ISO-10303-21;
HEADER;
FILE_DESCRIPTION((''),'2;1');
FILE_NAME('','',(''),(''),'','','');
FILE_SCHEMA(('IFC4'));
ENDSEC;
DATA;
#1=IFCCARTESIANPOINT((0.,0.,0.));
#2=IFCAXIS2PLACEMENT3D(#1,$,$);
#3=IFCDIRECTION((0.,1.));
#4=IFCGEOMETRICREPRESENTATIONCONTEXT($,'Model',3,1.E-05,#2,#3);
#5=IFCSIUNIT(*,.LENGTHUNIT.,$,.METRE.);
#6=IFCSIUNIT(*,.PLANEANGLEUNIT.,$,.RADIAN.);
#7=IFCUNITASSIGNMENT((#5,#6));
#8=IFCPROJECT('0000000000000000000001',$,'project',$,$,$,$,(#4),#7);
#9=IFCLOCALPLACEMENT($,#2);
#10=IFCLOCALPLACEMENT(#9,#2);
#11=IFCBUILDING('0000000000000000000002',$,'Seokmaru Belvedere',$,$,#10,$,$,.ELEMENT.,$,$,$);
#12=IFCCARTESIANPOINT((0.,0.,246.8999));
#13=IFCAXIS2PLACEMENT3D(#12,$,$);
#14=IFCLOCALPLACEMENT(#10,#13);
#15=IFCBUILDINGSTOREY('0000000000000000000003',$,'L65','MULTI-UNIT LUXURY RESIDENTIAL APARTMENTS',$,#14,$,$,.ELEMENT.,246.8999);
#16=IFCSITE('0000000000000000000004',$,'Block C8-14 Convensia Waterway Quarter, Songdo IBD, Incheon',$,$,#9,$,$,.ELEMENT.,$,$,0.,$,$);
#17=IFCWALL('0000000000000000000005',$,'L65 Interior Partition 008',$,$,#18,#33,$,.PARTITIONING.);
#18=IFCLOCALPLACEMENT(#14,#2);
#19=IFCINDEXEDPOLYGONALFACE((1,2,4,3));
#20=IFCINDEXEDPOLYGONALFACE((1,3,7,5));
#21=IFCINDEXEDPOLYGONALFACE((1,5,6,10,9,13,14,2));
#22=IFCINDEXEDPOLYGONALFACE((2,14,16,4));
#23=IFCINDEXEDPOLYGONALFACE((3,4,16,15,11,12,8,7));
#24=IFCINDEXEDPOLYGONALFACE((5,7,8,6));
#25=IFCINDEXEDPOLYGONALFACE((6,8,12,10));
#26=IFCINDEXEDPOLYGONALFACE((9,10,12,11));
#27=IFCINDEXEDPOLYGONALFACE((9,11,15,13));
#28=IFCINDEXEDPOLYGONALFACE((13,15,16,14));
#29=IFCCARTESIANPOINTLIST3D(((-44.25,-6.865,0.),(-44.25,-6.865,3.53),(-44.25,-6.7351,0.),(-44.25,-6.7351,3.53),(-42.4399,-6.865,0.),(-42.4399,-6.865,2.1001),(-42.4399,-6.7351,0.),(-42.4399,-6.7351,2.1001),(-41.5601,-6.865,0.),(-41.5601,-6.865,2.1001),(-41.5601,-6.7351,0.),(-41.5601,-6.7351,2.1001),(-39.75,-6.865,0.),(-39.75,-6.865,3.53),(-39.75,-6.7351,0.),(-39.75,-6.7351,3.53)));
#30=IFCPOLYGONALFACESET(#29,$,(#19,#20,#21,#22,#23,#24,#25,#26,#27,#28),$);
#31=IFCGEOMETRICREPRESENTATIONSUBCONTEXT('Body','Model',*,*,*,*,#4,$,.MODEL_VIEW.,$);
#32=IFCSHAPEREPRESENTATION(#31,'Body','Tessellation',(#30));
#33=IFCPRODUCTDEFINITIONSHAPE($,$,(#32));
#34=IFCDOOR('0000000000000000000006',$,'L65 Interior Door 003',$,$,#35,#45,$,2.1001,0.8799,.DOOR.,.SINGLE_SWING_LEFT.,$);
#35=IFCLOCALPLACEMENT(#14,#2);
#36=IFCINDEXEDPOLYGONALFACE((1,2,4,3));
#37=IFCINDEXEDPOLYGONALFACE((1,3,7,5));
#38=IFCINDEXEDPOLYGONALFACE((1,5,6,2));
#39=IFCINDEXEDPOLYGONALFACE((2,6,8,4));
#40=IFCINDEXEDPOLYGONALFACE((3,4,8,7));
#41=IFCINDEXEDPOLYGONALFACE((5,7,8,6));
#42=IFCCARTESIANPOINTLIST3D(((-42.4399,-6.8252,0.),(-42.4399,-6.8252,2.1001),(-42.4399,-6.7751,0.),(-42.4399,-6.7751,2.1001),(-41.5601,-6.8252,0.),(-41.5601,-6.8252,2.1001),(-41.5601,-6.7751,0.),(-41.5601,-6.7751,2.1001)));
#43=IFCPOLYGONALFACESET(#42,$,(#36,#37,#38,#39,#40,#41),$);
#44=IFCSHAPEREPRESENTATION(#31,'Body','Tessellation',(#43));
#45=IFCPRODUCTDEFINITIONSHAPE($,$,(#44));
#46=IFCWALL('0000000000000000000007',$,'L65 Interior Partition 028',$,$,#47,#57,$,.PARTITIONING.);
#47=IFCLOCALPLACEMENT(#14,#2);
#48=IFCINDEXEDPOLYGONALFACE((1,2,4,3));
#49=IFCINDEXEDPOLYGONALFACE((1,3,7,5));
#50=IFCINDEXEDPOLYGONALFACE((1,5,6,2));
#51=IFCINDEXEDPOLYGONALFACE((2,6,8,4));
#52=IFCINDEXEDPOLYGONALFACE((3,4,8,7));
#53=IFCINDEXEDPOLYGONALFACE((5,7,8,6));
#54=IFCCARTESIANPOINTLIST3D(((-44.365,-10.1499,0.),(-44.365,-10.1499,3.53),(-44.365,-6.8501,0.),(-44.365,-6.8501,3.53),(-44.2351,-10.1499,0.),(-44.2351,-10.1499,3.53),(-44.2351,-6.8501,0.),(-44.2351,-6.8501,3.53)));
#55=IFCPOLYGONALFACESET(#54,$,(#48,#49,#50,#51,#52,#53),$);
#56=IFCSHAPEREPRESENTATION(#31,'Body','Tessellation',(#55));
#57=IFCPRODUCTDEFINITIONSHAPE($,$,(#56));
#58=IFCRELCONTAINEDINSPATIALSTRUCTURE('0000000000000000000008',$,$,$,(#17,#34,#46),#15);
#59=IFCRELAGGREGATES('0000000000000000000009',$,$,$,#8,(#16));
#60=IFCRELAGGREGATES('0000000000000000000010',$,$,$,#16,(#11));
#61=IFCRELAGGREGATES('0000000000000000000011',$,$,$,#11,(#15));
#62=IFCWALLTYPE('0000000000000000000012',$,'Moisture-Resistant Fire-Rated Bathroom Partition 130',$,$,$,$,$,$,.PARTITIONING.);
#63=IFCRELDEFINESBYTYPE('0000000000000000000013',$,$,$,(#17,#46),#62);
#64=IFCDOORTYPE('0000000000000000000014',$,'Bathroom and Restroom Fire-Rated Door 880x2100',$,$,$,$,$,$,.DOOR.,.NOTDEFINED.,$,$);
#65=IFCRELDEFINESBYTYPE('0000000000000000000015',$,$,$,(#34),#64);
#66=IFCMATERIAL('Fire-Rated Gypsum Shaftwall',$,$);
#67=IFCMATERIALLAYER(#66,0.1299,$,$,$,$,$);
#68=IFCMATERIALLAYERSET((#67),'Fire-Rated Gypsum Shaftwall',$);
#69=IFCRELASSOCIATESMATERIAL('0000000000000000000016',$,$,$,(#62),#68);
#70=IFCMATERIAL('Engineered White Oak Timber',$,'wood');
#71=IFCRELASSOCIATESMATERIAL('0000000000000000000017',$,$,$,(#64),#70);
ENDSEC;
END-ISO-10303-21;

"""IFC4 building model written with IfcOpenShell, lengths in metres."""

from ifc_helpers import new_model, si_unit, direction, frame, frame_2d, origin, place, context, subcontext, project, spatial, rectangle, extrude, source, transform, mapped, material, layer, layer_set, type_object, type_shapes, element, fill, save


model = new_model("IFC4")

# Units and contexts
model_context = context("Model", 3, precision=1e-05, world=origin(), true_north=direction((0.0, 1.0)))
body_context = subcontext(model_context, "Body", "Model", "MODEL_VIEW")
ifc_project = project(units=[si_unit("LENGTHUNIT", "METRE"), si_unit("PLANEANGLEUNIT", "RADIAN")], contexts=[model_context])

# Site, building, storey
site_placement = place(None, origin())
site = spatial("IfcSite", under=ifc_project, at=site_placement, Name="Block C8-14 Convensia Waterway Quarter, Songdo IBD, Incheon", CompositionType="ELEMENT", RefElevation=0.0)
building_placement = place(site_placement, origin())
building = spatial("IfcBuilding", under=site, at=building_placement, Name="Seokmaru Belvedere", CompositionType="ELEMENT")
storey_placement = place(building_placement, frame((0.0, 0.0, 246.8999)))
storey = spatial("IfcBuildingStorey", under=building, at=storey_placement, Name="L65", Description="MULTI-UNIT LUXURY RESIDENTIAL APARTMENTS", CompositionType="ELEMENT", Elevation=246.8999)

# Shared definitions
ifc_material_1 = material(Name="Fire-Rated Gypsum Shaftwall")
ifc_material_2 = material(Name="Engineered White Oak Timber", Category="wood")

# Wall, opening, door
ifc_layer_1 = layer(ifc_material_1, 0.1299)
ifc_layer_set_1 = layer_set([ifc_layer_1], Name="Fire-Rated Gypsum Shaftwall")
wall_type_1 = type_object("IfcWallType", Name="Moisture-Resistant Fire-Rated Bathroom Partition 130", PredefinedType="PARTITIONING", material=ifc_layer_set_1)
wall_1_placement = place(storey_placement, frame((-44.25, -6.8, 0.0), z_axis=(0.0, 0.0, 1.0), x_axis=(1.0, 0.0, 0.0)))
wall_1 = element("IfcWall", 1, at=wall_1_placement, inside=storey, type_object=wall_type_1, Name="L65 Interior Partition 008", PredefinedType="PARTITIONING", context=body_context, shape_type="SweptSolid", body=[
    extrude(rectangle(XDim=4.5, YDim=0.1299, at=frame_2d((2.25, 0.0))), origin(), (0.0, 0.0, 1.0), 3.53),
])
opening_1_placement = place(wall_1_placement, frame((1.8101, 0.0, 0.0)))
opening_1 = element("IfcOpeningElement", 2, at=opening_1_placement, cuts=wall_1, PredefinedType="OPENING", context=body_context, shape_type="SweptSolid", body=[
    extrude(rectangle(XDim=0.8799, YDim=2.1001, at=frame_2d((0.4399, 1.05))), frame((0.0, 0.075, 0.0), z_axis=(0.0, -1.0, 0.0), x_axis=(1.0, 0.0, 0.0)), (0.0, 0.0, 1.0), 0.1499),
])
door_type_1 = type_object("IfcDoorType", Name="Bathroom and Restroom Fire-Rated Door 880x2100", OperationType="NOTDEFINED", PredefinedType="DOOR", material=ifc_material_2)
shared_shape_1 = source(origin(), body_context, "Body", "SweptSolid", [
    extrude(rectangle(XDim=0.8799, YDim=2.1001, at=frame_2d((0.4399, 1.05))), frame((0.0, 0.0249, 0.0), z_axis=(0.0, -1.0, 0.0), x_axis=(1.0, 0.0, 0.0)), (0.0, 0.0, 1.0), 0.05),
])
type_shapes(door_type_1, [shared_shape_1])
door_1_placement = place(opening_1_placement, origin())
door_1 = element("IfcDoor", 3, at=door_1_placement, inside=storey, type_object=door_type_1, Name="L65 Interior Door 003", OperationType="SINGLE_SWING_LEFT", OverallHeight=2.1001, OverallWidth=0.8799, PredefinedType="DOOR", context=body_context, shape_type="MappedRepresentation", body=[
    mapped(shared_shape_1, transform((0.0, 0.0, 0.0), scale=1.0)),
])
fill(opening_1, door_1)

# Wall
wall_2_placement = place(storey_placement, frame((-44.3, -10.1499, 0.0), z_axis=(0.0, 0.0, 1.0), x_axis=(0.0, 1.0, 0.0)))
element("IfcWall", 4, at=wall_2_placement, inside=storey, type_object=wall_type_1, Name="L65 Interior Partition 028", PredefinedType="PARTITIONING", context=body_context, shape_type="SweptSolid", body=[
    extrude(rectangle(XDim=3.2998, YDim=0.1299, at=frame_2d((1.6499, 0.0))), origin(), (0.0, 0.0, 1.0), 3.53),
])

save(model, "model.ifc")
